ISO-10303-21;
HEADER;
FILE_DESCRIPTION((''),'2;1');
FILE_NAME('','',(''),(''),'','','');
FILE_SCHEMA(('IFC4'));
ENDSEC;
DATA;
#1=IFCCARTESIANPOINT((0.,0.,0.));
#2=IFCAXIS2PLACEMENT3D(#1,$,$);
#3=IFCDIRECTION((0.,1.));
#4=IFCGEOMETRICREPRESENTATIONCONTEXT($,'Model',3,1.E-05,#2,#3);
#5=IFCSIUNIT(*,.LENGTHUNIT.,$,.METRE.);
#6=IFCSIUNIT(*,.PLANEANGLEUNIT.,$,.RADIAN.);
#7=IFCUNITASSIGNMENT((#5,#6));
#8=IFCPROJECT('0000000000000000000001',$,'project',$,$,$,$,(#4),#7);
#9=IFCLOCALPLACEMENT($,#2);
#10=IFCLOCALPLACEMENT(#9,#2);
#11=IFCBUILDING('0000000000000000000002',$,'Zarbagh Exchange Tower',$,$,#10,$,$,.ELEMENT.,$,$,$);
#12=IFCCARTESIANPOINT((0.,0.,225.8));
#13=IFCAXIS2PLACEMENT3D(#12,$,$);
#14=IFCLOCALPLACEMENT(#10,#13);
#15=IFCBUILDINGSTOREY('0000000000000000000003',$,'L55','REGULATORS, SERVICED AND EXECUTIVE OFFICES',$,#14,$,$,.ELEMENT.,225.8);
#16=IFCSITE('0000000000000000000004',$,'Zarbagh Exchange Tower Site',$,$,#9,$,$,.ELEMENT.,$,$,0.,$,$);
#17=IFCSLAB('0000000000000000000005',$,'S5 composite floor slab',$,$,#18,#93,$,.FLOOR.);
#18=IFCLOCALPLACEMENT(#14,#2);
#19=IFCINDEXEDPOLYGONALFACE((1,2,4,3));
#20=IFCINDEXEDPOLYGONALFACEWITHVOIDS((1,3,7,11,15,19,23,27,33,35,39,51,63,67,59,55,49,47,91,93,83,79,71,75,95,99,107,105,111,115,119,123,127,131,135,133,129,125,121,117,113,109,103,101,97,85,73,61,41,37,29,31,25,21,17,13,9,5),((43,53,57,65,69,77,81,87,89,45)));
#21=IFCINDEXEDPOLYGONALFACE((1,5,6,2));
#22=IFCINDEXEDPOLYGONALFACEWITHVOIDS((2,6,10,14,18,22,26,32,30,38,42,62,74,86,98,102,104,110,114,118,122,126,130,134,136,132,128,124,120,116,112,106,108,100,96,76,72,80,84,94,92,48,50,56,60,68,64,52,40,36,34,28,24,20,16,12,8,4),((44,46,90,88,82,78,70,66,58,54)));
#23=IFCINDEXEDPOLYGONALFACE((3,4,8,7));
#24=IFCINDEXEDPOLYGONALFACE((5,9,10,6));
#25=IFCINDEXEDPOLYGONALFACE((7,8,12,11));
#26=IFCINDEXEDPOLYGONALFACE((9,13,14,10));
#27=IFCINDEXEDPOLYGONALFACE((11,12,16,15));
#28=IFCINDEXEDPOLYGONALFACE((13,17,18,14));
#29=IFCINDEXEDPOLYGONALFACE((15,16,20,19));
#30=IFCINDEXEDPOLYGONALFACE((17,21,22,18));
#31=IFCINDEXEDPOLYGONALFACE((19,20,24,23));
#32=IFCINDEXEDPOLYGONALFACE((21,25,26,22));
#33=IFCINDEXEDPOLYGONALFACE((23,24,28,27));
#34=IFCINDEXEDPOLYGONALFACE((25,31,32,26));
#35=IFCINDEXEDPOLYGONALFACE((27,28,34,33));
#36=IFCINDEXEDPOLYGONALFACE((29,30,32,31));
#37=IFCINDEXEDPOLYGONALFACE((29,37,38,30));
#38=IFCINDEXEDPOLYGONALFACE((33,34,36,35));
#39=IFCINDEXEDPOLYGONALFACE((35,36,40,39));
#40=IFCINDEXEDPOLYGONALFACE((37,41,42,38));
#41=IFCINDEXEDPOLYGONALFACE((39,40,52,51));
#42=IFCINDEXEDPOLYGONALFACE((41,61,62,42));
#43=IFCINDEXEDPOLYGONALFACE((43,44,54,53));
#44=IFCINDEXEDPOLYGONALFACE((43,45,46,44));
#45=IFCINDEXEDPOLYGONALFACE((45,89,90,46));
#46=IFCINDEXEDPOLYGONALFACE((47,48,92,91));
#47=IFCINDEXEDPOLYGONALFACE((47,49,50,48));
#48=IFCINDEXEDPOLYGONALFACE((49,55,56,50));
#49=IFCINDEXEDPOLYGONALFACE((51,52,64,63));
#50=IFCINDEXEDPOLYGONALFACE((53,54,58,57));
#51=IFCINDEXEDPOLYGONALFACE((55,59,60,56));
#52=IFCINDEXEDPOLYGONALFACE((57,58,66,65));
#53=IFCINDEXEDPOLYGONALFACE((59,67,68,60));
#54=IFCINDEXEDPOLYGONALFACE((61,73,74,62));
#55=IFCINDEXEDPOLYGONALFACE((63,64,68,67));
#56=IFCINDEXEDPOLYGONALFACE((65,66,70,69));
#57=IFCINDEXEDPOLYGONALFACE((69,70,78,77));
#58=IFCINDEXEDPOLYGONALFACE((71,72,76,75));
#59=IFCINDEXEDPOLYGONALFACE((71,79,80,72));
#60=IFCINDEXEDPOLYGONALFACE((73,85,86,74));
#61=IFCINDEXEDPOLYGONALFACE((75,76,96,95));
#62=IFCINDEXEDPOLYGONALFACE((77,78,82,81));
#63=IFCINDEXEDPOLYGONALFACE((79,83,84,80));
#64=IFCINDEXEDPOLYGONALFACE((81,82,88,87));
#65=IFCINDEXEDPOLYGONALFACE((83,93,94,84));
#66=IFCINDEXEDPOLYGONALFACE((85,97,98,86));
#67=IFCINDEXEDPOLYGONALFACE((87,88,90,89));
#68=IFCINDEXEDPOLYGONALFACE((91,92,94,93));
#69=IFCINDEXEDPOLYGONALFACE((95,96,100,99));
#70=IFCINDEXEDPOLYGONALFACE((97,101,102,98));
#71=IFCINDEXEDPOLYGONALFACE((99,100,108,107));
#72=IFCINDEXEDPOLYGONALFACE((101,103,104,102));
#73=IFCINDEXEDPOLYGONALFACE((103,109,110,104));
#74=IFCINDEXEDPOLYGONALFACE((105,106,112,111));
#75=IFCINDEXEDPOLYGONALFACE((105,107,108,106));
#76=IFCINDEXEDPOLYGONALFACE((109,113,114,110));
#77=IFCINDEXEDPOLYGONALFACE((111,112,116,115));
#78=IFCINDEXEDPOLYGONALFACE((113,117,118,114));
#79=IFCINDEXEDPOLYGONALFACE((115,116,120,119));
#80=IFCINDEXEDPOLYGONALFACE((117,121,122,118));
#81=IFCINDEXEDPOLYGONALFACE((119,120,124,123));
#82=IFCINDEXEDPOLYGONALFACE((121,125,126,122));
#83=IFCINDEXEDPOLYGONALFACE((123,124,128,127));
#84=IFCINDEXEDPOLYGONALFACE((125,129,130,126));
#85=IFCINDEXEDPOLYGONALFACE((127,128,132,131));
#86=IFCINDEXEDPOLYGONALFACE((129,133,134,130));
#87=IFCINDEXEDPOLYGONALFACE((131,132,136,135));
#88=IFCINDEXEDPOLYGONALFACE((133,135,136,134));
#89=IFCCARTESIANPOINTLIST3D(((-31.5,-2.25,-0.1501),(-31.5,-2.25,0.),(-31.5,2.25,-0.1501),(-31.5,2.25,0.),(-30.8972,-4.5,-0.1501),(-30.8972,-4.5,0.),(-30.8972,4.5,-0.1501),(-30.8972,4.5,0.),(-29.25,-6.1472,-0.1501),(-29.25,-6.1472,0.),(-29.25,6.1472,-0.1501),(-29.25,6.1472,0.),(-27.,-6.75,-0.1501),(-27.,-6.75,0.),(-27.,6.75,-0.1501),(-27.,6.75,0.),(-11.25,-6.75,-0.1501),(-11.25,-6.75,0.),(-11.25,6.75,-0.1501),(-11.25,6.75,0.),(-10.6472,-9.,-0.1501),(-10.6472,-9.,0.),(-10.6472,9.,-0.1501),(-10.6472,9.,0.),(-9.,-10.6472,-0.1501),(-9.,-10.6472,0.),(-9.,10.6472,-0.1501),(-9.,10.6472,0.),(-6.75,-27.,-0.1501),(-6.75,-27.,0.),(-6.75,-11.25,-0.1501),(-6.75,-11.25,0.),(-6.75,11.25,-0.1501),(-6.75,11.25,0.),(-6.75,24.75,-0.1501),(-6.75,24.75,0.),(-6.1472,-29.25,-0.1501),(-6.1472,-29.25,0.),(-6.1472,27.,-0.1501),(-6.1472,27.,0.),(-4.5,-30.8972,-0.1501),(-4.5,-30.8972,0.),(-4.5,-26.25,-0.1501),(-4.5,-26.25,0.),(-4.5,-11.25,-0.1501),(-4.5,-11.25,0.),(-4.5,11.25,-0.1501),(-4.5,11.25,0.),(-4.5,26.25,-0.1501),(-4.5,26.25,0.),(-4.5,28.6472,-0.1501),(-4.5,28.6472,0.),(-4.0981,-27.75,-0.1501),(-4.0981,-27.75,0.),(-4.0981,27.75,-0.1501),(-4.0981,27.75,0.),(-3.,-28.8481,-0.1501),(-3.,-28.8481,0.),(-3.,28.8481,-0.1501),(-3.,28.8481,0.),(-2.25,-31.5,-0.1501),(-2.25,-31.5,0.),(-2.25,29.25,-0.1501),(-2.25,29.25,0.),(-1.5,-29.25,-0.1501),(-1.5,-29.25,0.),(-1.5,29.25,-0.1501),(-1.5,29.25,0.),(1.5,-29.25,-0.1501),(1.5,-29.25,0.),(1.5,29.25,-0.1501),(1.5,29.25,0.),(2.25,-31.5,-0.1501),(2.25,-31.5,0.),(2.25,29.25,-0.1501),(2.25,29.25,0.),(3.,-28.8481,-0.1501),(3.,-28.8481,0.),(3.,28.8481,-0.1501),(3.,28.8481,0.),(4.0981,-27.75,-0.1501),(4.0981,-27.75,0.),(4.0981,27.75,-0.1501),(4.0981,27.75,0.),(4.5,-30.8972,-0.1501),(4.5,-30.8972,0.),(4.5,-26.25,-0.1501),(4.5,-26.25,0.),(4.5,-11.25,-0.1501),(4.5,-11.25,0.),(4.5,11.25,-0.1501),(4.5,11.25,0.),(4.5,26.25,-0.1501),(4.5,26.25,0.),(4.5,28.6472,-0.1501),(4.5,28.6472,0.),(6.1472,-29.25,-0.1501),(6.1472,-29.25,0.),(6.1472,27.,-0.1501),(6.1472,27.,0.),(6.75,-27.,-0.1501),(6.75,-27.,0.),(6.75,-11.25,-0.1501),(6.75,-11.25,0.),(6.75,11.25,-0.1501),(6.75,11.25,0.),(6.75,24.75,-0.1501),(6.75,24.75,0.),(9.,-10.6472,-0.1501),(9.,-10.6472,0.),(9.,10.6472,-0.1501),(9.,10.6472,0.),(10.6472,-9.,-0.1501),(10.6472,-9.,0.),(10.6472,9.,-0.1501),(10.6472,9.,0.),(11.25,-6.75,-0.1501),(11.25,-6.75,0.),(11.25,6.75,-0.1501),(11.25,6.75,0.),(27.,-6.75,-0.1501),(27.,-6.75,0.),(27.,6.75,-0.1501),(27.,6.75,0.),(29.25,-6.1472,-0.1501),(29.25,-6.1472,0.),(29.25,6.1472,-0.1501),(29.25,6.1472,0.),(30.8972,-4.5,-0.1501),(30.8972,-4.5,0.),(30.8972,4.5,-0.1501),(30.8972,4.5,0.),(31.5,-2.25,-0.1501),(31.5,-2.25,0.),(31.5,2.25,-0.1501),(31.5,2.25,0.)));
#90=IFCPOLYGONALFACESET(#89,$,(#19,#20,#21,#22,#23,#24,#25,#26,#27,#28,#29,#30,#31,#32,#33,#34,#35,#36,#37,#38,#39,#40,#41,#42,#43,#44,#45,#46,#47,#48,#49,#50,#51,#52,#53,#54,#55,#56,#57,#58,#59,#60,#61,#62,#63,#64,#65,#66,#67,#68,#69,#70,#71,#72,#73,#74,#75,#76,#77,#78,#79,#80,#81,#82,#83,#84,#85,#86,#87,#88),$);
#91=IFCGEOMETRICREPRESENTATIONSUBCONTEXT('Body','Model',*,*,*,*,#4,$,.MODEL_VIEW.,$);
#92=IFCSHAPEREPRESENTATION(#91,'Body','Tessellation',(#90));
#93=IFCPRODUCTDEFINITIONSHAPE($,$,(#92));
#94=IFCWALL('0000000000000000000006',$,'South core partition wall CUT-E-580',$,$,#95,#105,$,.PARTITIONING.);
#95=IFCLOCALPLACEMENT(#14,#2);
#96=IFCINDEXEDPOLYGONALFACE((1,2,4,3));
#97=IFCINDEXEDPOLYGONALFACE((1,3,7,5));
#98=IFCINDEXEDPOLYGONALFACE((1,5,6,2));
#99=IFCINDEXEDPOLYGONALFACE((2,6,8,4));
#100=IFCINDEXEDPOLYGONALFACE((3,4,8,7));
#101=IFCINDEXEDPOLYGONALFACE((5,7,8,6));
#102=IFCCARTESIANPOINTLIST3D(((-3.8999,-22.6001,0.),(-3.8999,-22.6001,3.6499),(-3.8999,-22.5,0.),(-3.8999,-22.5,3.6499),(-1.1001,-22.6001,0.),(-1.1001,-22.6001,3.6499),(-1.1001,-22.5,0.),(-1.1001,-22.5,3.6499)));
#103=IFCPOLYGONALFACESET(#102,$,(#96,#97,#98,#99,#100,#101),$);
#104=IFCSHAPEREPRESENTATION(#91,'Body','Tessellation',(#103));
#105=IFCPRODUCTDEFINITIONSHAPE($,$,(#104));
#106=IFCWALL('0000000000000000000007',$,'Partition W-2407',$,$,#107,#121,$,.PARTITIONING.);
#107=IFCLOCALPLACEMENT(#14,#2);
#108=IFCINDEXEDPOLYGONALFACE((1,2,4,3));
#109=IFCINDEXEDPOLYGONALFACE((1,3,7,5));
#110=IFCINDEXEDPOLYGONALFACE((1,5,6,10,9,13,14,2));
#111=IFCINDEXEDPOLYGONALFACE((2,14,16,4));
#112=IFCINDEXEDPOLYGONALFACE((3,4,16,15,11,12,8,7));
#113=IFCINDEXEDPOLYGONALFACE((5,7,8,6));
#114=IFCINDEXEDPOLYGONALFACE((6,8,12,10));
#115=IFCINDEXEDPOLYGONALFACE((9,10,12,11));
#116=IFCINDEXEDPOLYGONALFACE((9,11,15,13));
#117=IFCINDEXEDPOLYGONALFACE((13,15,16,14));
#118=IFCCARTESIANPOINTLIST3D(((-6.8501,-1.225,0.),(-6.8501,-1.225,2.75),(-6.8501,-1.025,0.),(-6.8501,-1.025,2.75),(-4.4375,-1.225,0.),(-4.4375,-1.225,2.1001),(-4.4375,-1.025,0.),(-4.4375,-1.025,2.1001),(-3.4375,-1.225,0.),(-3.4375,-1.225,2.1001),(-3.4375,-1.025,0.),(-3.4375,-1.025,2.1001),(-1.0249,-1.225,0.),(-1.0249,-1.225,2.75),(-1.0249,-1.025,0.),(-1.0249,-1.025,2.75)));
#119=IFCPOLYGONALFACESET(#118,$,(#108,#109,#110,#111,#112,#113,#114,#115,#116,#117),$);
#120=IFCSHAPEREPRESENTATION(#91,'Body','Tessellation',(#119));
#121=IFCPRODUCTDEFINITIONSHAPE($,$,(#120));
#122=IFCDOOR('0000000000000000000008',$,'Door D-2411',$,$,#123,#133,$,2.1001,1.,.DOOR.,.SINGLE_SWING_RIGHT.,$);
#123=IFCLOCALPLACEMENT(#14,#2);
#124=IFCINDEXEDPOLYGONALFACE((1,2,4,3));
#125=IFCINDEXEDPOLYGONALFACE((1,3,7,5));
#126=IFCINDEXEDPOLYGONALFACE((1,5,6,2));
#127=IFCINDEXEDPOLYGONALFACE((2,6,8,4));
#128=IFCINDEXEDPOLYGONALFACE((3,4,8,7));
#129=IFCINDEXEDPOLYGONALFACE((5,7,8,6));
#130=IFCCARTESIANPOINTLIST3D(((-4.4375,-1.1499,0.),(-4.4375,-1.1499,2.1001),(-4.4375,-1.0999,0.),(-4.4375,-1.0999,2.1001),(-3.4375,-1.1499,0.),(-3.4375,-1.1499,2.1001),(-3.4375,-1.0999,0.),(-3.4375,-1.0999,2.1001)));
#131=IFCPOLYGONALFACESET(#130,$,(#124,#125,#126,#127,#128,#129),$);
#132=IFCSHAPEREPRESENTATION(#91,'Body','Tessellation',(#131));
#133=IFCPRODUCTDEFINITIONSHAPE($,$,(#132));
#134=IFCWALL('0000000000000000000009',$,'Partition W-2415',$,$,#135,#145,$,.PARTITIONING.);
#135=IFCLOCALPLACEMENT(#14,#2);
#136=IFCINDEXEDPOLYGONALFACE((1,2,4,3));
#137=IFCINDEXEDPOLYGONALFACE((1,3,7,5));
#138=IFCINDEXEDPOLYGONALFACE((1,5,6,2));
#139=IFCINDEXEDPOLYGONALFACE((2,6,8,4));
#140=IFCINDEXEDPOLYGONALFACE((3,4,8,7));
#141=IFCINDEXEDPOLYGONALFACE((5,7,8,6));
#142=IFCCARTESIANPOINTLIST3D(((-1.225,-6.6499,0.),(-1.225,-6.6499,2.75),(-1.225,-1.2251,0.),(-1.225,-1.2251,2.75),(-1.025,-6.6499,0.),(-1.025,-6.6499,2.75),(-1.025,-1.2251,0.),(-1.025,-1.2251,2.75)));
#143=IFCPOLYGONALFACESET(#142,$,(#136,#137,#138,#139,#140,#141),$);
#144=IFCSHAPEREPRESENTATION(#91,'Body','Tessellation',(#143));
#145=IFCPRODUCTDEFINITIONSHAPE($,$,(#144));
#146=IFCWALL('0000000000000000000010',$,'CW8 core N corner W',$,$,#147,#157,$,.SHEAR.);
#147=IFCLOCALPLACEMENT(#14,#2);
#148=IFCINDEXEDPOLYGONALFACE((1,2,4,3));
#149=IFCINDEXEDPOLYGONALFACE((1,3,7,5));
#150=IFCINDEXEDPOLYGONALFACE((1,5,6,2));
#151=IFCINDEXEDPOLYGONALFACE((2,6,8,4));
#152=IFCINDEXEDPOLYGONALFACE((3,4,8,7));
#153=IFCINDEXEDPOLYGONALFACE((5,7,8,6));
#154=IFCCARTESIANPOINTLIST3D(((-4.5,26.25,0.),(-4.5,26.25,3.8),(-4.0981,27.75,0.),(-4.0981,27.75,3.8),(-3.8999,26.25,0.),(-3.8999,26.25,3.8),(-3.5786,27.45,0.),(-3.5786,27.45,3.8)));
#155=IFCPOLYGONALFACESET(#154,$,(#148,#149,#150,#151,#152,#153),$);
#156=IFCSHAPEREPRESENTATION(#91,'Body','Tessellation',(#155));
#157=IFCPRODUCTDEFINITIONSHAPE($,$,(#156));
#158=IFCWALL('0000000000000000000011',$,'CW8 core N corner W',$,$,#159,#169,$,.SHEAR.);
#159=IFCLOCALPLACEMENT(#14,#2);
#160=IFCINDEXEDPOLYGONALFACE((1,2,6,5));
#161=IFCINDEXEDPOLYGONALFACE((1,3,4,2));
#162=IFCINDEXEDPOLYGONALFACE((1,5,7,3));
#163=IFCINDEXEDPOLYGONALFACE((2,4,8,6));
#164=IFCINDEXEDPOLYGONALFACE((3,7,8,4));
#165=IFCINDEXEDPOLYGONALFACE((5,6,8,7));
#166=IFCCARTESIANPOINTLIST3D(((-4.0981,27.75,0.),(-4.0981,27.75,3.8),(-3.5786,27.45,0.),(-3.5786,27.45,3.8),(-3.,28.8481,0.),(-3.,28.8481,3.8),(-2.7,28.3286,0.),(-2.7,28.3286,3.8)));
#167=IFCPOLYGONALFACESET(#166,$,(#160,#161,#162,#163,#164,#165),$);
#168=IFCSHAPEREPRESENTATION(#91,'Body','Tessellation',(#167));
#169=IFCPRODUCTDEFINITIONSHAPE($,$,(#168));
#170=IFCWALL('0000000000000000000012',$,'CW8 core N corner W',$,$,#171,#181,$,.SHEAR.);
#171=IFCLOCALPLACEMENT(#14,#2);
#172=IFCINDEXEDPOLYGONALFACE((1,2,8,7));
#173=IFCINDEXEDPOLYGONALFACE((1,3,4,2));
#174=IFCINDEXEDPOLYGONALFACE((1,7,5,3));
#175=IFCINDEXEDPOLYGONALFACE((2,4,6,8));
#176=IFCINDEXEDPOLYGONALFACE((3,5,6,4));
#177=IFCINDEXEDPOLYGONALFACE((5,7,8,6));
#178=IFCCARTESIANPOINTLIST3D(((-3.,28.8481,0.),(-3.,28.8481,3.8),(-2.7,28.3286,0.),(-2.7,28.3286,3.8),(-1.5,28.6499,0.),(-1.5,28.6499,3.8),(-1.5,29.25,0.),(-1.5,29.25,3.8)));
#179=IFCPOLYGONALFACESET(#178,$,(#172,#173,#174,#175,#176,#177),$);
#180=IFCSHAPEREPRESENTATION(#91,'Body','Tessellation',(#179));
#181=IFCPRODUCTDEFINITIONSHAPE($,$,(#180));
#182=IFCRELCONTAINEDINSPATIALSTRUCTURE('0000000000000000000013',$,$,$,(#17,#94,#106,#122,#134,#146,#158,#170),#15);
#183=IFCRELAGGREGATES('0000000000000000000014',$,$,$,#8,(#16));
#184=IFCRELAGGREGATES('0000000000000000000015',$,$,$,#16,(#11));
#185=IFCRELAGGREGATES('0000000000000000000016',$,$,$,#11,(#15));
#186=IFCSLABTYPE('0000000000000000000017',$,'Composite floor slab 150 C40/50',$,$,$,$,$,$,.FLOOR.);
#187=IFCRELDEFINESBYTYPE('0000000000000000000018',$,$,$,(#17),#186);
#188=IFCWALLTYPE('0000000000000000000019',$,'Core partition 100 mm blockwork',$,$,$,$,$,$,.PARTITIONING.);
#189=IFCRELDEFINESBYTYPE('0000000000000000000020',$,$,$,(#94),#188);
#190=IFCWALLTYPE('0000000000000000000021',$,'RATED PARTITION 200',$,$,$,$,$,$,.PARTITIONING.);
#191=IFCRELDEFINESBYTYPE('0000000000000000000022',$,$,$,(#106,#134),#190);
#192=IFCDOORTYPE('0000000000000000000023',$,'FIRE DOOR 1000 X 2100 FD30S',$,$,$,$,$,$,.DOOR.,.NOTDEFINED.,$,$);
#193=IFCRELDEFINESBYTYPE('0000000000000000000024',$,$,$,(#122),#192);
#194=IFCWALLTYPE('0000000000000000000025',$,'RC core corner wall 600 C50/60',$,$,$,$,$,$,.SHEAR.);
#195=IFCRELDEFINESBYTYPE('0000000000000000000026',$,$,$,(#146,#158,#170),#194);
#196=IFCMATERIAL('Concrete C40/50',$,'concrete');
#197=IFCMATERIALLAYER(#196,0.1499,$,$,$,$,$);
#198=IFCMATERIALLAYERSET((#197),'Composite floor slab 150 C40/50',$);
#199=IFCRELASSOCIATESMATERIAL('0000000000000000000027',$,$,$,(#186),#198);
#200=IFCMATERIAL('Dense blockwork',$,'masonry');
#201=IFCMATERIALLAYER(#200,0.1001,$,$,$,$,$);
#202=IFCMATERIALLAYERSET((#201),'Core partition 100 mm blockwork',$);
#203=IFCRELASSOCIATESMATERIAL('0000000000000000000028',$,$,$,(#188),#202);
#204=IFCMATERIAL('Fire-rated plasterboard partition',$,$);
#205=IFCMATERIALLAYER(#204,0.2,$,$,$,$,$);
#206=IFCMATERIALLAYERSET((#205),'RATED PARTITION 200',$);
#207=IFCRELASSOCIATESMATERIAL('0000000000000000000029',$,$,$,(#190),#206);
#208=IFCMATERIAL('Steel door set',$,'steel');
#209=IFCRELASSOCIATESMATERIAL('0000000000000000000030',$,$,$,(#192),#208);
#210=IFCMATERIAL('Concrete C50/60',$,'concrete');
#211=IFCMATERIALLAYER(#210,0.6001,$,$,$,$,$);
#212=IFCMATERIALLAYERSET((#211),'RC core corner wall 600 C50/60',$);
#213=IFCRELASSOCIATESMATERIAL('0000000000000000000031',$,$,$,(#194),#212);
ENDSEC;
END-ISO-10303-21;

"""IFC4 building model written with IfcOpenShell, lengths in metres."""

from ifc_helpers import new_model, si_unit, direction, frame, frame_2d, origin, place, context, subcontext, project, spatial, polyline, rectangle, outline, extrude, material, layer, layer_set, type_object, element, fill, save


model = new_model("IFC4")

# Units and contexts
model_context = context("Model", 3, precision=1e-05, world=origin(), true_north=direction((0.0, 1.0)))
body_context = subcontext(model_context, "Body", "Model", "MODEL_VIEW")
ifc_project = project(units=[si_unit("LENGTHUNIT", "METRE"), si_unit("PLANEANGLEUNIT", "RADIAN")], contexts=[model_context])

# Site, building, storey
site_placement = place(None, origin())
site = spatial("IfcSite", under=ifc_project, at=site_placement, Name="Zarbagh Exchange Tower Site", CompositionType="ELEMENT", RefElevation=0.0)
building_placement = place(site_placement, origin())
building = spatial("IfcBuilding", under=site, at=building_placement, Name="Zarbagh Exchange Tower", CompositionType="ELEMENT")
storey_placement = place(building_placement, frame((0.0, 0.0, 225.8)))
storey = spatial("IfcBuildingStorey", under=building, at=storey_placement, Name="L55", Description="REGULATORS, SERVICED AND EXECUTIVE OFFICES", CompositionType="ELEMENT", Elevation=225.8)

# Slab
ifc_material_1 = material(Name="Concrete C40/50", Category="concrete")
ifc_layer_1 = layer(ifc_material_1, 0.1499)
ifc_layer_set_1 = layer_set([ifc_layer_1], Name="Composite floor slab 150 C40/50")
slab_type = type_object("IfcSlabType", Name="Composite floor slab 150 C40/50", PredefinedType="FLOOR", material=ifc_layer_set_1)
slab_placement = place(storey_placement, frame((0.0, 0.0, -0.1501)))
element("IfcSlab", 1, at=slab_placement, inside=storey, type_object=slab_type, Name="S5 composite floor slab", PredefinedType="FLOOR", context=body_context, shape_type="SweptSolid", body=[
    extrude(outline(polyline([(-2.25, -31.5), (-4.5, -30.8972), (-6.1472, -29.25), (-6.75, -27.0), (-6.75, -11.25), (-9.0, -10.6472), (-10.6472, -9.0), (-11.25, -6.75), (-27.0, -6.75), (-29.25, -6.1472), (-30.8972, -4.5), (-31.5, -2.25), (-31.5, 2.25), (-30.8972, 4.5), (-29.25, 6.1472), (-27.0, 6.75), (-11.25, 6.75), (-10.6472, 9.0), (-9.0, 10.6472), (-6.75, 11.25), (-6.75, 24.75), (-6.1472, 27.0), (-4.5, 28.6472), (-2.25, 29.25), (-1.5, 29.25), (-3.0, 28.8481), (-4.0981, 27.75), (-4.5, 26.25), (-4.5, 11.25), (4.5, 11.25), (4.5, 26.25), (4.0981, 27.75), (3.0, 28.8481), (1.5, 29.25), (2.25, 29.25), (4.5, 28.6472), (6.1472, 27.0), (6.75, 24.75), (6.75, 11.25), (9.0, 10.6472), (10.6472, 9.0), (11.25, 6.75), (27.0, 6.75), (29.25, 6.1472), (30.8972, 4.5), (31.5, 2.25), (31.5, -2.25), (30.8972, -4.5), (29.25, -6.1472), (27.0, -6.75), (11.25, -6.75), (10.6472, -9.0), (9.0, -10.6472), (6.75, -11.25), (6.75, -27.0), (6.1472, -29.25), (4.5, -30.8972), (2.25, -31.5), (-2.25, -31.5)]), holes=[polyline([(-1.5, -29.25), (1.5, -29.25), (3.0, -28.8481), (4.0981, -27.75), (4.5, -26.25), (4.5, -11.25), (-4.5, -11.25), (-4.5, -26.25), (-4.0981, -27.75), (-3.0, -28.8481), (-1.5, -29.25)])]), origin(), (0.0, 0.0, 1.0), 0.1501),
])

# Wall
ifc_material_2 = material(Name="Dense blockwork", Category="masonry")
ifc_layer_2 = layer(ifc_material_2, 0.1001)
ifc_layer_set_2 = layer_set([ifc_layer_2], Name="Core partition 100 mm blockwork")
wall_type_1 = type_object("IfcWallType", Name="Core partition 100 mm blockwork", PredefinedType="PARTITIONING", material=ifc_layer_set_2)
wall_1_placement = place(storey_placement, frame((-1.1001, -22.55, 0.0), z_axis=(0.0, 0.0, 1.0), x_axis=(-1.0, 0.0, 0.0)))
element("IfcWall", 2, at=wall_1_placement, inside=storey, type_object=wall_type_1, Name="South core partition wall CUT-E-580", PredefinedType="PARTITIONING", context=body_context, shape_type="SweptSolid", body=[
    extrude(rectangle(XDim=2.7998, YDim=0.1001, at=frame_2d((1.3999, 0.0))), origin(), (0.0, 0.0, 1.0), 3.6499),
])

# Wall, opening, door
ifc_material_3 = material(Name="Fire-rated plasterboard partition")
ifc_layer_3 = layer(ifc_material_3, 0.2)
ifc_layer_set_3 = layer_set([ifc_layer_3], Name="RATED PARTITION 200")
wall_type_2 = type_object("IfcWallType", Name="RATED PARTITION 200", PredefinedType="PARTITIONING", material=ifc_layer_set_3)
wall_2_placement = place(storey_placement, frame((-1.0249, -1.125, 0.0), z_axis=(0.0, 0.0, 1.0), x_axis=(-1.0, 0.0, 0.0)))
wall_2 = element("IfcWall", 3, at=wall_2_placement, inside=storey, type_object=wall_type_2, Name="Partition W-2407", PredefinedType="PARTITIONING", context=body_context, shape_type="SweptSolid", body=[
    extrude(rectangle(XDim=5.8252, YDim=0.2, at=frame_2d((2.9126, 0.0))), origin(), (0.0, 0.0, 1.0), 2.75),
])
opening_1_placement = place(wall_2_placement, frame((2.4126, 0.0, 0.0)))
opening_1 = element("IfcOpeningElement", 4, at=opening_1_placement, cuts=wall_2, PredefinedType="OPENING", context=body_context, shape_type="SweptSolid", body=[
    extrude(rectangle(XDim=1.0, YDim=2.1001, at=frame_2d((0.5, 1.05))), frame((0.0, 0.1099, 0.0), z_axis=(0.0, -1.0, 0.0), x_axis=(1.0, 0.0, 0.0)), (0.0, 0.0, 1.0), 0.22),
])
ifc_material_4 = material(Name="Steel door set", Category="steel")
door_type_1 = type_object("IfcDoorType", Name="FIRE DOOR 1000 X 2100 FD30S", OperationType="NOTDEFINED", PredefinedType="DOOR", material=ifc_material_4)
door_1_placement = place(opening_1_placement, origin())
door_1 = element("IfcDoor", 5, at=door_1_placement, inside=storey, type_object=door_type_1, Name="Door D-2411", OperationType="SINGLE_SWING_RIGHT", OverallHeight=2.1001, OverallWidth=1.0, PredefinedType="DOOR", context=body_context, shape_type="SweptSolid", body=[
    extrude(rectangle(XDim=1.0, YDim=2.1001, at=frame_2d((0.5, 1.05))), frame((0.0, 0.0249, 0.0), z_axis=(0.0, -1.0, 0.0), x_axis=(1.0, 0.0, 0.0)), (0.0, 0.0, 1.0), 0.05),
])
fill(opening_1, door_1)

# Walls
wall_3_placement = place(storey_placement, frame((-1.125, -6.6499, 0.0), z_axis=(0.0, 0.0, 1.0), x_axis=(0.0, 1.0, 0.0)))
element("IfcWall", 6, at=wall_3_placement, inside=storey, type_object=wall_type_2, Name="Partition W-2415", PredefinedType="PARTITIONING", context=body_context, shape_type="SweptSolid", body=[
    extrude(rectangle(XDim=5.4248, YDim=0.2, at=frame_2d((2.7124, 0.0))), origin(), (0.0, 0.0, 1.0), 2.75),
])
ifc_material_5 = material(Name="Concrete C50/60", Category="concrete")
ifc_layer_4 = layer(ifc_material_5, 0.6001)
ifc_layer_set_4 = layer_set([ifc_layer_4], Name="RC core corner wall 600 C50/60")
wall_type_3 = type_object("IfcWallType", Name="RC core corner wall 600 C50/60", PredefinedType="SHEAR", material=ifc_layer_set_4)
wall_4_placement = place(storey_placement, origin())
element("IfcWall", 7, at=wall_4_placement, inside=storey, type_object=wall_type_3, Name="CW8 core N corner W", PredefinedType="SHEAR", context=body_context, shape_type="SweptSolid", body=[
    extrude(outline(polyline([(-4.5, 26.25), (-4.0981, 27.75), (-3.5786, 27.45), (-3.8999, 26.25), (-4.5, 26.25)])), origin(), (0.0, 0.0, 1.0), 3.8),
])
wall_5_placement = place(storey_placement, origin())
element("IfcWall", 8, at=wall_5_placement, inside=storey, type_object=wall_type_3, Name="CW8 core N corner W", PredefinedType="SHEAR", context=body_context, shape_type="SweptSolid", body=[
    extrude(outline(polyline([(-4.0981, 27.75), (-3.0, 28.8481), (-2.7, 28.3286), (-3.5786, 27.45), (-4.0981, 27.75)])), origin(), (0.0, 0.0, 1.0), 3.8),
])
wall_6_placement = place(storey_placement, origin())
element("IfcWall", 9, at=wall_6_placement, inside=storey, type_object=wall_type_3, Name="CW8 core N corner W", PredefinedType="SHEAR", context=body_context, shape_type="SweptSolid", body=[
    extrude(outline(polyline([(-3.0, 28.8481), (-1.5, 29.25), (-1.5, 28.6499), (-2.7, 28.3286), (-3.0, 28.8481)])), origin(), (0.0, 0.0, 1.0), 3.8),
])

save(model, "model.ifc")
